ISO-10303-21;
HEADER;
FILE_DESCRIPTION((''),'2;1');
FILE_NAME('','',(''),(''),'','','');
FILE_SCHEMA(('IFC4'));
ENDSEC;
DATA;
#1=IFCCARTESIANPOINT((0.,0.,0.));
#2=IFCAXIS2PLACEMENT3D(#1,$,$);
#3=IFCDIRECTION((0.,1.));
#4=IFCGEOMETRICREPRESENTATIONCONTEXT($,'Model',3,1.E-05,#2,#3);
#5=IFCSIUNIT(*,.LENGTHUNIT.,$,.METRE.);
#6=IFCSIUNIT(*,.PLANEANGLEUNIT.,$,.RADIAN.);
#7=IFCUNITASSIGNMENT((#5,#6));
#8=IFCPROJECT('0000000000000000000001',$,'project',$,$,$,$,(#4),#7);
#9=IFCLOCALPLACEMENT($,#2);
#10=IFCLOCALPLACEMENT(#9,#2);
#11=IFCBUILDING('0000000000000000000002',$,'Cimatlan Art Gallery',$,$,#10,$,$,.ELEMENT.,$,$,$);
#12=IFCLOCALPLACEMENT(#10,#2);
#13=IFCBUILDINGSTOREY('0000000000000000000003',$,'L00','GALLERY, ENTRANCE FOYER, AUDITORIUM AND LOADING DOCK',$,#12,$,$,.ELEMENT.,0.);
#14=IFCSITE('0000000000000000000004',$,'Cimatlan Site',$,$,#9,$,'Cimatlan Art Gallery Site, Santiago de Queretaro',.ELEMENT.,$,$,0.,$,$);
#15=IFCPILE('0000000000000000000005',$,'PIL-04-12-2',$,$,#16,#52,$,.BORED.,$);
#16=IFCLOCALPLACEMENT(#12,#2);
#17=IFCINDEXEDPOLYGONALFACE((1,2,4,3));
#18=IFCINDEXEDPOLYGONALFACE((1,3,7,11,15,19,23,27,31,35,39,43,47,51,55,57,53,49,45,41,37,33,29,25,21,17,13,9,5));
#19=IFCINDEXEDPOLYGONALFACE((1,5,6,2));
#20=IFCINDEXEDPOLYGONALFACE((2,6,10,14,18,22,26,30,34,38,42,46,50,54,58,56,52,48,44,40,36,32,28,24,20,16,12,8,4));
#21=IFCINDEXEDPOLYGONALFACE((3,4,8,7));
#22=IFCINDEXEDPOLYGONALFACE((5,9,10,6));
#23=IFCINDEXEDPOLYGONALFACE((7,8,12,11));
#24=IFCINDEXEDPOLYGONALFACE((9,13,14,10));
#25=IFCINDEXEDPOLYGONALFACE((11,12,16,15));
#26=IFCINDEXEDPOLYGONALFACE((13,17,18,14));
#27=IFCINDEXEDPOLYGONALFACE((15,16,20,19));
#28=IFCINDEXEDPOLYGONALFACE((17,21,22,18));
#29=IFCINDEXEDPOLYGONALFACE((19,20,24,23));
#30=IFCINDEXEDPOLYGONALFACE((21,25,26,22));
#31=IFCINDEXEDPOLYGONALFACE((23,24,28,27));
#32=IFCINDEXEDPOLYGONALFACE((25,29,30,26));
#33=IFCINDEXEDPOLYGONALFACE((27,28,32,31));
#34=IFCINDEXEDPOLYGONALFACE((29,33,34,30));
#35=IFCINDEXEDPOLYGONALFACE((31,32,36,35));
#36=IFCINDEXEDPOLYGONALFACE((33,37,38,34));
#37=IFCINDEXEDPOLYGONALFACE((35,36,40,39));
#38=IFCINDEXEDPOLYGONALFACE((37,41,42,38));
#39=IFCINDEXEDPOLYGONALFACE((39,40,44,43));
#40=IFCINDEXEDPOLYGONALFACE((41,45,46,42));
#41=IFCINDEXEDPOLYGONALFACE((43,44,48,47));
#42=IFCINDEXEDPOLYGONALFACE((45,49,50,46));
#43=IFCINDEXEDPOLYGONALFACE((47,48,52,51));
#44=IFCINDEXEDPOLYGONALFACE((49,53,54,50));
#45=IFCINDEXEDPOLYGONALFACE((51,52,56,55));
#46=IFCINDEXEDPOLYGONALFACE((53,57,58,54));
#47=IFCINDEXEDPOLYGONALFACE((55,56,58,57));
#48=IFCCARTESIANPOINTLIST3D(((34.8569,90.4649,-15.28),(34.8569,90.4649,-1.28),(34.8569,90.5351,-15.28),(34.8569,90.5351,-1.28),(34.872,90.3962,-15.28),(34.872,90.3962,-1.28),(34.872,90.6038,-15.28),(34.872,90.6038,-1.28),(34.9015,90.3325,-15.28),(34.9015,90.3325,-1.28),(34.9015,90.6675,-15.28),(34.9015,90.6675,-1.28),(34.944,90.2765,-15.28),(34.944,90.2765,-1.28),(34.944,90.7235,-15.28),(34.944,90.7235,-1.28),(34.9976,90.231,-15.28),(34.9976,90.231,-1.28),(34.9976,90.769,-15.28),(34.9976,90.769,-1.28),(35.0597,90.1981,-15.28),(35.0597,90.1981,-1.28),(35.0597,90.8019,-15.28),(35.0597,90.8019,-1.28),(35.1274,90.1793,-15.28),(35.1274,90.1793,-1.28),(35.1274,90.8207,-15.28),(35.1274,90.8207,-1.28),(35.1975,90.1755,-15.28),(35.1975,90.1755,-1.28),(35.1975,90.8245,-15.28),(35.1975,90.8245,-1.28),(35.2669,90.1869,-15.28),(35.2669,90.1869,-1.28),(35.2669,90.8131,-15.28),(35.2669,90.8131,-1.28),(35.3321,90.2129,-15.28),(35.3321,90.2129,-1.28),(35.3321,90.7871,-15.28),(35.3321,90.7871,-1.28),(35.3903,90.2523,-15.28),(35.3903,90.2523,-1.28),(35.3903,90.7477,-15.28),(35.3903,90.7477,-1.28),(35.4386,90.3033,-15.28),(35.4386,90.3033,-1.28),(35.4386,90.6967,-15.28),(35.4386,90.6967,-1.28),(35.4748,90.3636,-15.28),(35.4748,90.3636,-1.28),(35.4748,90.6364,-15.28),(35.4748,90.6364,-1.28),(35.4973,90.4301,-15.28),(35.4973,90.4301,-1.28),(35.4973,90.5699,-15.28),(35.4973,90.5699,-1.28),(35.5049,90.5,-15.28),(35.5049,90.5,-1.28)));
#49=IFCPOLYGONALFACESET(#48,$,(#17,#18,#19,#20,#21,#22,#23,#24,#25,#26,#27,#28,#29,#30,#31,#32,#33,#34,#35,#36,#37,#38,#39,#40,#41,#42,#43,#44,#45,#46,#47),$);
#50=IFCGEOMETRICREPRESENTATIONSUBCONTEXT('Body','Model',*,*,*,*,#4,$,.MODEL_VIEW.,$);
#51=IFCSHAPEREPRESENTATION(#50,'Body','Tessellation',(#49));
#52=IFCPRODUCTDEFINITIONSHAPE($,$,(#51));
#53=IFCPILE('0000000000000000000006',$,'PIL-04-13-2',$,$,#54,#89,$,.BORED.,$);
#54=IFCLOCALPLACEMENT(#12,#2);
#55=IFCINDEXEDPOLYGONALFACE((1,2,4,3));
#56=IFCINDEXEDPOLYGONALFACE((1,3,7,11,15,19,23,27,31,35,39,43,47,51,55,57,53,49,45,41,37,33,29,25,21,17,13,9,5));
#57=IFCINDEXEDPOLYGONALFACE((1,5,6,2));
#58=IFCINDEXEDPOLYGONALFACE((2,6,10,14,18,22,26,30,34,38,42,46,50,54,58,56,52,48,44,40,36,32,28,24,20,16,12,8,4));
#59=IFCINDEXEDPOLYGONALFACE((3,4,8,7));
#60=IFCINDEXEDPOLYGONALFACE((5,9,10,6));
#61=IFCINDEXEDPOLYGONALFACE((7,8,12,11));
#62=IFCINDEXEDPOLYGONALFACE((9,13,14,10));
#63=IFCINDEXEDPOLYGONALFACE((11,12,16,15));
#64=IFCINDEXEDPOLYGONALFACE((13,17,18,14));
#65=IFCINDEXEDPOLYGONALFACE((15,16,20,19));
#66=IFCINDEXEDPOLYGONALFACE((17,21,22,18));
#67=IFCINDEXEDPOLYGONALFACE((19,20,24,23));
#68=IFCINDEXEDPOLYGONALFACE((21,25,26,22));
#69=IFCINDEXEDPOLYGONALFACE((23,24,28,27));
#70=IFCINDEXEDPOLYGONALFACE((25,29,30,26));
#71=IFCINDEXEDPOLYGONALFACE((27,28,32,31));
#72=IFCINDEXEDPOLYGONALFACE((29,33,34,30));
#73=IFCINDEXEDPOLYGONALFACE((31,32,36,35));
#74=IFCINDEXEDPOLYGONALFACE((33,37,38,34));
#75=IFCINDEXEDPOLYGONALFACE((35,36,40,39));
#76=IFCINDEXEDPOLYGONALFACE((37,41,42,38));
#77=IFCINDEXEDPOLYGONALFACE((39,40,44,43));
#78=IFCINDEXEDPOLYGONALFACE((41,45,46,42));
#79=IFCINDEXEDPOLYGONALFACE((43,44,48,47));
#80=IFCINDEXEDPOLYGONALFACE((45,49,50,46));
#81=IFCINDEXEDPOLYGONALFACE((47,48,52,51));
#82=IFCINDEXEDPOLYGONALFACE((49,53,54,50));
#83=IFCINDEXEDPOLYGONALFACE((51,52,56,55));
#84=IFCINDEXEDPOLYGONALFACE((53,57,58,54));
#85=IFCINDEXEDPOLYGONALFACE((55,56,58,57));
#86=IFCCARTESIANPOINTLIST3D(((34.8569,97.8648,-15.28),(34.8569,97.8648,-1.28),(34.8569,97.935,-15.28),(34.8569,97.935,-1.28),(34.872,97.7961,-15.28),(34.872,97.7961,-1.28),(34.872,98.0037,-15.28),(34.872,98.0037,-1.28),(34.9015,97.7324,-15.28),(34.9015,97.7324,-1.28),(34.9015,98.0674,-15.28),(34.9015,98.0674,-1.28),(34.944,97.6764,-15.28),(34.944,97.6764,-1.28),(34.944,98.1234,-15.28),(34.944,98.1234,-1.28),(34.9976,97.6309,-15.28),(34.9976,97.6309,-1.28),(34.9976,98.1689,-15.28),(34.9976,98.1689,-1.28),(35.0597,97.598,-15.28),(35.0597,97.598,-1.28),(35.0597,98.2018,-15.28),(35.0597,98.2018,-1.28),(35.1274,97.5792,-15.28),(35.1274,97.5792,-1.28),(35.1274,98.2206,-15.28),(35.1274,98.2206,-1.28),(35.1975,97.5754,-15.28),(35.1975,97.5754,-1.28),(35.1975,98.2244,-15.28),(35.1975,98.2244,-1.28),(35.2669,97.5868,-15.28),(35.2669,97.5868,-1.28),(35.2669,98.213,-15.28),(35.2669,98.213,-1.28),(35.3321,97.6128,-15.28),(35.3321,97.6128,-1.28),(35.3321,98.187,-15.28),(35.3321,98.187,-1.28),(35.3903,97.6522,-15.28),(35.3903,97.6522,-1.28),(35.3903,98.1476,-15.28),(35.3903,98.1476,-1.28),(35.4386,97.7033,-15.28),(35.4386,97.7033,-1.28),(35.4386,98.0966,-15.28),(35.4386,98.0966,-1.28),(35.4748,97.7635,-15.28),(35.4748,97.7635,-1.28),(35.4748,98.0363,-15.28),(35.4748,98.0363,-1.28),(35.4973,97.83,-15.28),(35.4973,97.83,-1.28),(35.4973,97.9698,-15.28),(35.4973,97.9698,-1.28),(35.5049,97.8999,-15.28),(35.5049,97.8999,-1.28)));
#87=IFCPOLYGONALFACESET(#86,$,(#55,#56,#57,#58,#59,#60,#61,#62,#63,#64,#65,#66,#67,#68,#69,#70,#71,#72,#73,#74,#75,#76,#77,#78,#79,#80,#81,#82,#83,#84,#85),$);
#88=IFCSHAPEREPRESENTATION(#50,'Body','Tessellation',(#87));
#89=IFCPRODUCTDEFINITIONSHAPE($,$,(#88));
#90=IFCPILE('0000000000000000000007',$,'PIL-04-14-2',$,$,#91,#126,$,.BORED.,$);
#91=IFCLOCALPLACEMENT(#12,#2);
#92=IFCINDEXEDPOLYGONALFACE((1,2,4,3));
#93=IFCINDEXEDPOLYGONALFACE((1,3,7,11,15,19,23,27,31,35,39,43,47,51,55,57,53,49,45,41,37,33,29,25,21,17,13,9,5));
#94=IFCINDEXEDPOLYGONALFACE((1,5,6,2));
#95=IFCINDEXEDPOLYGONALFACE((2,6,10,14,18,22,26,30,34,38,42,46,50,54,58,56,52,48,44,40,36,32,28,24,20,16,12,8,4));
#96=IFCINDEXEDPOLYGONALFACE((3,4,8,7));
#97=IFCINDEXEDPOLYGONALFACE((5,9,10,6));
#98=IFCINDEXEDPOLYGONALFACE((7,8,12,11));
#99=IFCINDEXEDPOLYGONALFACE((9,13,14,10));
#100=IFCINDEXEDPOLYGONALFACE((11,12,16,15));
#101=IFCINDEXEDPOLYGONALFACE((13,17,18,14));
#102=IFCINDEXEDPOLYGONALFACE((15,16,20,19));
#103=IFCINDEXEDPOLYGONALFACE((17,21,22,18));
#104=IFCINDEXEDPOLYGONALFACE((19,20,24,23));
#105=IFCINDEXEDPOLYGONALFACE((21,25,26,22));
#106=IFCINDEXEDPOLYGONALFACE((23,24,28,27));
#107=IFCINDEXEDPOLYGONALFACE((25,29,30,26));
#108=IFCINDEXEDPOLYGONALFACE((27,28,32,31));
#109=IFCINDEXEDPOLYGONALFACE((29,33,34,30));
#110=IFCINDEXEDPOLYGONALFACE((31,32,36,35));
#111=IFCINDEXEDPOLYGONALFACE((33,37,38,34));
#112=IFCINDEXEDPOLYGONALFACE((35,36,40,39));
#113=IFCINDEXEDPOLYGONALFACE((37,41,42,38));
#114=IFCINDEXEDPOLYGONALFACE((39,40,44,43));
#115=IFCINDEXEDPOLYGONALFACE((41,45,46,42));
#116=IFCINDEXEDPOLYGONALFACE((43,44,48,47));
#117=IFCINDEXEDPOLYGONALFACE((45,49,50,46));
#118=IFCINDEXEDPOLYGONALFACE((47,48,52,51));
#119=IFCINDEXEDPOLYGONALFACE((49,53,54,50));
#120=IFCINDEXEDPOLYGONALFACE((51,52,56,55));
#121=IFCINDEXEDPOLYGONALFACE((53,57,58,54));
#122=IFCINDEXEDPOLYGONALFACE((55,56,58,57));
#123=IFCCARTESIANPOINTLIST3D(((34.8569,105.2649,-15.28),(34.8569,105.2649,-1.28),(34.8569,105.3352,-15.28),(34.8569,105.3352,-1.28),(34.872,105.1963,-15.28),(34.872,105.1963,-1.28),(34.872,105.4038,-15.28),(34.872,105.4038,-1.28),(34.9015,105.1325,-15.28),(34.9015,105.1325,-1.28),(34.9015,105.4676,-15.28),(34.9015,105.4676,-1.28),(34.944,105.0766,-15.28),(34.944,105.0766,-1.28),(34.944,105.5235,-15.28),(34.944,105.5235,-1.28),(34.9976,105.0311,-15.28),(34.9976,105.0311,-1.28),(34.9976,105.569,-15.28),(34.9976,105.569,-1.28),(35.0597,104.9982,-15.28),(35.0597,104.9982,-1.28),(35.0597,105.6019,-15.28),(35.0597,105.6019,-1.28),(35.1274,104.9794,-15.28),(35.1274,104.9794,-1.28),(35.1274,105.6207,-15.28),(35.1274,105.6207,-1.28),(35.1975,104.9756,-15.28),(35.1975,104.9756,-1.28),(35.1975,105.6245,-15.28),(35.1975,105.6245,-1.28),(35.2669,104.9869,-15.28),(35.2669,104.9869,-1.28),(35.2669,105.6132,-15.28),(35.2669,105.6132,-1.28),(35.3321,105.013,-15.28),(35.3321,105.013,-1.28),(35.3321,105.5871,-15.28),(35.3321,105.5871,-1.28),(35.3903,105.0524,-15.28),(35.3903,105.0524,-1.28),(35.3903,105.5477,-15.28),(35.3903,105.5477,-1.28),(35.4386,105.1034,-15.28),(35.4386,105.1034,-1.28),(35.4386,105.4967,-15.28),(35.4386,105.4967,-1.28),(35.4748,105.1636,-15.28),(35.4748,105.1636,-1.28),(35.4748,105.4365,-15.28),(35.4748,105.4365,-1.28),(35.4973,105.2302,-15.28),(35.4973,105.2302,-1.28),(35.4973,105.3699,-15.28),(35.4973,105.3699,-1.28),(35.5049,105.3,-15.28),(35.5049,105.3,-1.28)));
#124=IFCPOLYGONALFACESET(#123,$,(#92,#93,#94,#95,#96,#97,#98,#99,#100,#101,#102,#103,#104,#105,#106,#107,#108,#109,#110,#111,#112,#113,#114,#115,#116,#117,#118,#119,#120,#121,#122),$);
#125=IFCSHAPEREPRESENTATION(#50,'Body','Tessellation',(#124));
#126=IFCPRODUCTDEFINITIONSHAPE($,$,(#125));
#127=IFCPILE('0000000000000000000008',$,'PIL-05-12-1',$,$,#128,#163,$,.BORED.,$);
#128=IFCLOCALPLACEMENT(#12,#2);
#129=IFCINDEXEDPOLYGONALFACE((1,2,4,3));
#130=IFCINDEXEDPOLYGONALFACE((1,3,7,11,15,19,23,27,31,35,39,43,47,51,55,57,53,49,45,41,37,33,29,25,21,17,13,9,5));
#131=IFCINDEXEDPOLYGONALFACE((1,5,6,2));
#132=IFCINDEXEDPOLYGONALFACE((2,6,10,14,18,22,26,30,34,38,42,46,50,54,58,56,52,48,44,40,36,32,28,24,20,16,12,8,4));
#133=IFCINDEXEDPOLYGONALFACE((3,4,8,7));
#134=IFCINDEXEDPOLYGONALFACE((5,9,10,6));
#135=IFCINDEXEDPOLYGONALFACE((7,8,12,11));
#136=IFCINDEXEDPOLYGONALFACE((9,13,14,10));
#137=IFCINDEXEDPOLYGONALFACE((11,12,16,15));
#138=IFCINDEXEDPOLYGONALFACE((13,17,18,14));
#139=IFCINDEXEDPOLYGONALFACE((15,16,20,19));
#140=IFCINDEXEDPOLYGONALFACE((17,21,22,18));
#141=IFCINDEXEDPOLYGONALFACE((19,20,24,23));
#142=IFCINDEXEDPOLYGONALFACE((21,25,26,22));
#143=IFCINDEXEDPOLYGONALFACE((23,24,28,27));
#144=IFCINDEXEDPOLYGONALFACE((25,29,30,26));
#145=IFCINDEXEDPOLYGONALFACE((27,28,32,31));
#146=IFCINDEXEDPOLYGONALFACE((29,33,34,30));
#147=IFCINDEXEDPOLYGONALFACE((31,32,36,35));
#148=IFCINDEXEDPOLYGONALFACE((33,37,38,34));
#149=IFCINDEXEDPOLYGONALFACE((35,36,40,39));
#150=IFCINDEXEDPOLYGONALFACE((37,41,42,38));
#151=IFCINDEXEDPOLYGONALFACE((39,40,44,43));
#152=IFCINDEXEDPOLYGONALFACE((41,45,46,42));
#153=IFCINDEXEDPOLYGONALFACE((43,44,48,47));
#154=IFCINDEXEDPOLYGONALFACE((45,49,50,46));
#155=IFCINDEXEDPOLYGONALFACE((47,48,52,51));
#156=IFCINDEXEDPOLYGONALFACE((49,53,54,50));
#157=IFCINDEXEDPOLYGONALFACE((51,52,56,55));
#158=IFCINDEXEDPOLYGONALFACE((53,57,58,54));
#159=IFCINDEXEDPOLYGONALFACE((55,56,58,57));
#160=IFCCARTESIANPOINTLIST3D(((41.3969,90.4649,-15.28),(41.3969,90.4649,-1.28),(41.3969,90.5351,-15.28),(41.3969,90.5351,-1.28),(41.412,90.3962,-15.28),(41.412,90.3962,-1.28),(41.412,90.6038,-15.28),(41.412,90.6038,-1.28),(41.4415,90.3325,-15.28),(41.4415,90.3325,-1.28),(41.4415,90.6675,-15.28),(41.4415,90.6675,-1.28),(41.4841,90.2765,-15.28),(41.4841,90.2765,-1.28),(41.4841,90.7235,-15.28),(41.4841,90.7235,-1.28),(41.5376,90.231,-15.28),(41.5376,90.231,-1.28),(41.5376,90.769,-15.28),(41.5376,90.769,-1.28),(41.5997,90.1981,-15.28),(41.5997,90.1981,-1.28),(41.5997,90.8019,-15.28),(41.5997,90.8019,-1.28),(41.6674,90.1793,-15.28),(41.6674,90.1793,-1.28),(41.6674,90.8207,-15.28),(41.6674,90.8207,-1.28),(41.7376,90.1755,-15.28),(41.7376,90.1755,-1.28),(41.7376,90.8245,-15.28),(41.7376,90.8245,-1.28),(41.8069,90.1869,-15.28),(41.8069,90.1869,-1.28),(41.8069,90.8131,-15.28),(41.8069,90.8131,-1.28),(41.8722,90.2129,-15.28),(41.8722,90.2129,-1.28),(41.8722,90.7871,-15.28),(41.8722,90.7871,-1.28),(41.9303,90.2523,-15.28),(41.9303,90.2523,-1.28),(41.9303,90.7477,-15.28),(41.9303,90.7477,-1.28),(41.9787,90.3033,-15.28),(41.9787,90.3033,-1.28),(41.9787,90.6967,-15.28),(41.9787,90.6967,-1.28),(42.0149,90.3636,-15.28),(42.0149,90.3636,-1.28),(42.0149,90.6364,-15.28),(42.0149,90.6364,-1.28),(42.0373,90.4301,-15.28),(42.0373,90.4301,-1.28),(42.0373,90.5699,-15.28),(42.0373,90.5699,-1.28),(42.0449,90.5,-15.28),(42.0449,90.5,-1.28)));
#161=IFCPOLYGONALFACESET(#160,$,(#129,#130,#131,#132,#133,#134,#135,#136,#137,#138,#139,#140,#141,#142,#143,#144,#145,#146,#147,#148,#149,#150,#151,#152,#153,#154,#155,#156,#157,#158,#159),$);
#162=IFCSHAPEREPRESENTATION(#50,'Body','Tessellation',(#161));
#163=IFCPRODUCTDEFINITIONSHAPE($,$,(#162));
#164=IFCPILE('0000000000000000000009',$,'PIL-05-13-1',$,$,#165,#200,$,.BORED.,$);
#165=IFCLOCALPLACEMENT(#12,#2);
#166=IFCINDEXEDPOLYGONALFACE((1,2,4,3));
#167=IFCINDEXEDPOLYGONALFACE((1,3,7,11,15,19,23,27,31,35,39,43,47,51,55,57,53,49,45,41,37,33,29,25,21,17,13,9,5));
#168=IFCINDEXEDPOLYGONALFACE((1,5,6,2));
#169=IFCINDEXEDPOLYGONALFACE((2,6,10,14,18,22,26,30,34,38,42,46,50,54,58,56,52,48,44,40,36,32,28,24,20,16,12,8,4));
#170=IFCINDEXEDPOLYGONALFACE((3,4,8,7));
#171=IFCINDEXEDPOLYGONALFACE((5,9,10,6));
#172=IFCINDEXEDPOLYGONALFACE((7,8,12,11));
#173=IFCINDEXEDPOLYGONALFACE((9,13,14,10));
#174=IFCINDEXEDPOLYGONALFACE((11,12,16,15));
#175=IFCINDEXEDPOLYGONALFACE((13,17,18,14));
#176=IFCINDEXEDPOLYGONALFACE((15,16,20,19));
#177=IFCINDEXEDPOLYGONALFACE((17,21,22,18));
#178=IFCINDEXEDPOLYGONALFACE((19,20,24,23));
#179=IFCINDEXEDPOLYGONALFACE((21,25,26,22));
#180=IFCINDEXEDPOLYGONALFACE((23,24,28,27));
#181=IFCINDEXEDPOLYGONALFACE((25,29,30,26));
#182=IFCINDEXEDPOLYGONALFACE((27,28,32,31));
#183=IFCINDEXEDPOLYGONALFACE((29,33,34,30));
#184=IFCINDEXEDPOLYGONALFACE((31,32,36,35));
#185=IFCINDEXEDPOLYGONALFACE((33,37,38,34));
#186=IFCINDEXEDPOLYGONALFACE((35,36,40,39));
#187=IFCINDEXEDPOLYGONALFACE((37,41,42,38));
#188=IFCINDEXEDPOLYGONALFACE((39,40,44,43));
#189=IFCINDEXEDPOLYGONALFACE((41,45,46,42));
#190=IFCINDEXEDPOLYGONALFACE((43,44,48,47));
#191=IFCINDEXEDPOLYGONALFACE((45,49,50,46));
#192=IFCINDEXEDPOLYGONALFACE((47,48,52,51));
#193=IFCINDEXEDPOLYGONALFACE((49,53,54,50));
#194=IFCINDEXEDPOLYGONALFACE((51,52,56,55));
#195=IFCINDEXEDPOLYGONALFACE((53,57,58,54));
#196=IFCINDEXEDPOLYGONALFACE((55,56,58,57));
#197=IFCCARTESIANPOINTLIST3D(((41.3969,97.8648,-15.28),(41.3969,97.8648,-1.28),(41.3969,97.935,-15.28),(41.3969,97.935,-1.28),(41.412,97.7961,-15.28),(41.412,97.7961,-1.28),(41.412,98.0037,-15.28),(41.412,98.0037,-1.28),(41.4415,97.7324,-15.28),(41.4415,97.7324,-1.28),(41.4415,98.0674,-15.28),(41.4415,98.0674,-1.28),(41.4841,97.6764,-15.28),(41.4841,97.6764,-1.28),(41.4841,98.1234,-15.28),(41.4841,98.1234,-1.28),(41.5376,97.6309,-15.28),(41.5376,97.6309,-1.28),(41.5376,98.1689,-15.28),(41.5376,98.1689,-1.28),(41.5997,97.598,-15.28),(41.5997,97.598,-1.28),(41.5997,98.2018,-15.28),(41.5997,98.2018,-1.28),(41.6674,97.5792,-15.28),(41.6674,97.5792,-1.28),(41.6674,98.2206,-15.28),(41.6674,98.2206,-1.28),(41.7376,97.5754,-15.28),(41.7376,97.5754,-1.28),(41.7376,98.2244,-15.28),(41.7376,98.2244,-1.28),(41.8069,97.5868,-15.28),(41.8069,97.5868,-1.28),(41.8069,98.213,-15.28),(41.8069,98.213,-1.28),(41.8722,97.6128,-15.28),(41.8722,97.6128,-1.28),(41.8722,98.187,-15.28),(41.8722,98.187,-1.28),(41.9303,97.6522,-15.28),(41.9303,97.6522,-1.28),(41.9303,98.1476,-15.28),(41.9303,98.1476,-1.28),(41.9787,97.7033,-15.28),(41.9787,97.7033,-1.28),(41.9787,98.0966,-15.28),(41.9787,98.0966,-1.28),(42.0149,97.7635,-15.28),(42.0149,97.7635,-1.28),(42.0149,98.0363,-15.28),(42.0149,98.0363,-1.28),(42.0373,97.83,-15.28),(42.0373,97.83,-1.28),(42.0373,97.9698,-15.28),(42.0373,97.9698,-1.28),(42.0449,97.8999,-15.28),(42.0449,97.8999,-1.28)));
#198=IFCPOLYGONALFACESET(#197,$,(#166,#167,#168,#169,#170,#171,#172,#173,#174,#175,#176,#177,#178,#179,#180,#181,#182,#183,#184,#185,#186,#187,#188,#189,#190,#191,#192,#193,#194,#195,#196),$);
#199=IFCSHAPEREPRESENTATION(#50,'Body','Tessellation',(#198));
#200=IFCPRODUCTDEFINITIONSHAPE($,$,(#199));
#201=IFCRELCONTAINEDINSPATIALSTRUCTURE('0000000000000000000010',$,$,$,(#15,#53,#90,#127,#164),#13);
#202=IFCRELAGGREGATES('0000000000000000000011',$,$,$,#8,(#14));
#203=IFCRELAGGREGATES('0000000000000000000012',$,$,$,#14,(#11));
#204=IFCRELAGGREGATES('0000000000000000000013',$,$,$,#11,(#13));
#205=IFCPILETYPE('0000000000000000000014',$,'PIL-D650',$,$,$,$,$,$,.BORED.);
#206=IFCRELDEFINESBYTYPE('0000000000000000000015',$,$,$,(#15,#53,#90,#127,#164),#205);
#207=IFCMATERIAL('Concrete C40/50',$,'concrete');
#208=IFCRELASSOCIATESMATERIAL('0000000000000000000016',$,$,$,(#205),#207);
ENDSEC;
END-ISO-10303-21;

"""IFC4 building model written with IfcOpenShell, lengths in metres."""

from ifc_helpers import new_model, si_unit, direction, frame, origin, origin_2d, place, context, subcontext, project, spatial, circle, extrude, material, type_object, element, save


model = new_model("IFC4")

# Units and contexts
model_context = context("Model", 3, precision=1e-05, world=origin(), true_north=direction((0.0, 1.0)))
body_context = subcontext(model_context, "Body", "Model", "MODEL_VIEW")
ifc_project = project(units=[si_unit("LENGTHUNIT", "METRE"), si_unit("PLANEANGLEUNIT", "RADIAN")], contexts=[model_context])

# Site, building, storey
site_placement = place(None, origin())
site = spatial("IfcSite", under=ifc_project, at=site_placement, Name="Cimatlan Site", LongName="Cimatlan Art Gallery Site, Santiago de Queretaro", CompositionType="ELEMENT", RefElevation=0.0)
building_placement = place(site_placement, origin())
building = spatial("IfcBuilding", under=site, at=building_placement, Name="Cimatlan Art Gallery", CompositionType="ELEMENT")
storey_placement = place(building_placement, origin())
storey = spatial("IfcBuildingStorey", under=building, at=storey_placement, Name="L00", Description="GALLERY, ENTRANCE FOYER, AUDITORIUM AND LOADING DOCK", CompositionType="ELEMENT", Elevation=0.0)

# Piles
ifc_material_1 = material(Name="Concrete C40/50", Category="concrete")
pile_type = type_object("IfcPileType", Name="PIL-D650", PredefinedType="BORED", material=ifc_material_1)
for number, where, z_axis, x_axis, name in (
    (1, (35.1799, 90.5, -1.28), (0.0, 0.0, -1.0), (1.0, 0.0, 0.0), "PIL-04-12-2"),
    (2, (35.1799, 97.8999, -1.28), (0.0, 0.0, -1.0), (1.0, 0.0, 0.0), "PIL-04-13-2"),
    (3, (35.1799, 105.3, -1.28), (0.0, 0.0, -1.0), (1.0, 0.0, 0.0), "PIL-04-14-2"),
    (4, (41.72, 90.5, -1.28), (0.0, 0.0, -1.0), (1.0, 0.0, 0.0), "PIL-05-12-1"),
    (5, (41.72, 97.8999, -1.28), (0.0, 0.0, -1.0), (1.0, 0.0, 0.0), "PIL-05-13-1"),
):
    element("IfcPile", number, at=place(storey_placement, frame(where, z_axis=z_axis, x_axis=x_axis)), inside=storey, type_object=pile_type, Name=name, PredefinedType="BORED", context=body_context, shape_type="SweptSolid", body=[
        extrude(circle(Radius=0.325, at=origin_2d()), origin(), (0.0, 0.0, 1.0), 14.0),
    ])

save(model, "model.ifc")
